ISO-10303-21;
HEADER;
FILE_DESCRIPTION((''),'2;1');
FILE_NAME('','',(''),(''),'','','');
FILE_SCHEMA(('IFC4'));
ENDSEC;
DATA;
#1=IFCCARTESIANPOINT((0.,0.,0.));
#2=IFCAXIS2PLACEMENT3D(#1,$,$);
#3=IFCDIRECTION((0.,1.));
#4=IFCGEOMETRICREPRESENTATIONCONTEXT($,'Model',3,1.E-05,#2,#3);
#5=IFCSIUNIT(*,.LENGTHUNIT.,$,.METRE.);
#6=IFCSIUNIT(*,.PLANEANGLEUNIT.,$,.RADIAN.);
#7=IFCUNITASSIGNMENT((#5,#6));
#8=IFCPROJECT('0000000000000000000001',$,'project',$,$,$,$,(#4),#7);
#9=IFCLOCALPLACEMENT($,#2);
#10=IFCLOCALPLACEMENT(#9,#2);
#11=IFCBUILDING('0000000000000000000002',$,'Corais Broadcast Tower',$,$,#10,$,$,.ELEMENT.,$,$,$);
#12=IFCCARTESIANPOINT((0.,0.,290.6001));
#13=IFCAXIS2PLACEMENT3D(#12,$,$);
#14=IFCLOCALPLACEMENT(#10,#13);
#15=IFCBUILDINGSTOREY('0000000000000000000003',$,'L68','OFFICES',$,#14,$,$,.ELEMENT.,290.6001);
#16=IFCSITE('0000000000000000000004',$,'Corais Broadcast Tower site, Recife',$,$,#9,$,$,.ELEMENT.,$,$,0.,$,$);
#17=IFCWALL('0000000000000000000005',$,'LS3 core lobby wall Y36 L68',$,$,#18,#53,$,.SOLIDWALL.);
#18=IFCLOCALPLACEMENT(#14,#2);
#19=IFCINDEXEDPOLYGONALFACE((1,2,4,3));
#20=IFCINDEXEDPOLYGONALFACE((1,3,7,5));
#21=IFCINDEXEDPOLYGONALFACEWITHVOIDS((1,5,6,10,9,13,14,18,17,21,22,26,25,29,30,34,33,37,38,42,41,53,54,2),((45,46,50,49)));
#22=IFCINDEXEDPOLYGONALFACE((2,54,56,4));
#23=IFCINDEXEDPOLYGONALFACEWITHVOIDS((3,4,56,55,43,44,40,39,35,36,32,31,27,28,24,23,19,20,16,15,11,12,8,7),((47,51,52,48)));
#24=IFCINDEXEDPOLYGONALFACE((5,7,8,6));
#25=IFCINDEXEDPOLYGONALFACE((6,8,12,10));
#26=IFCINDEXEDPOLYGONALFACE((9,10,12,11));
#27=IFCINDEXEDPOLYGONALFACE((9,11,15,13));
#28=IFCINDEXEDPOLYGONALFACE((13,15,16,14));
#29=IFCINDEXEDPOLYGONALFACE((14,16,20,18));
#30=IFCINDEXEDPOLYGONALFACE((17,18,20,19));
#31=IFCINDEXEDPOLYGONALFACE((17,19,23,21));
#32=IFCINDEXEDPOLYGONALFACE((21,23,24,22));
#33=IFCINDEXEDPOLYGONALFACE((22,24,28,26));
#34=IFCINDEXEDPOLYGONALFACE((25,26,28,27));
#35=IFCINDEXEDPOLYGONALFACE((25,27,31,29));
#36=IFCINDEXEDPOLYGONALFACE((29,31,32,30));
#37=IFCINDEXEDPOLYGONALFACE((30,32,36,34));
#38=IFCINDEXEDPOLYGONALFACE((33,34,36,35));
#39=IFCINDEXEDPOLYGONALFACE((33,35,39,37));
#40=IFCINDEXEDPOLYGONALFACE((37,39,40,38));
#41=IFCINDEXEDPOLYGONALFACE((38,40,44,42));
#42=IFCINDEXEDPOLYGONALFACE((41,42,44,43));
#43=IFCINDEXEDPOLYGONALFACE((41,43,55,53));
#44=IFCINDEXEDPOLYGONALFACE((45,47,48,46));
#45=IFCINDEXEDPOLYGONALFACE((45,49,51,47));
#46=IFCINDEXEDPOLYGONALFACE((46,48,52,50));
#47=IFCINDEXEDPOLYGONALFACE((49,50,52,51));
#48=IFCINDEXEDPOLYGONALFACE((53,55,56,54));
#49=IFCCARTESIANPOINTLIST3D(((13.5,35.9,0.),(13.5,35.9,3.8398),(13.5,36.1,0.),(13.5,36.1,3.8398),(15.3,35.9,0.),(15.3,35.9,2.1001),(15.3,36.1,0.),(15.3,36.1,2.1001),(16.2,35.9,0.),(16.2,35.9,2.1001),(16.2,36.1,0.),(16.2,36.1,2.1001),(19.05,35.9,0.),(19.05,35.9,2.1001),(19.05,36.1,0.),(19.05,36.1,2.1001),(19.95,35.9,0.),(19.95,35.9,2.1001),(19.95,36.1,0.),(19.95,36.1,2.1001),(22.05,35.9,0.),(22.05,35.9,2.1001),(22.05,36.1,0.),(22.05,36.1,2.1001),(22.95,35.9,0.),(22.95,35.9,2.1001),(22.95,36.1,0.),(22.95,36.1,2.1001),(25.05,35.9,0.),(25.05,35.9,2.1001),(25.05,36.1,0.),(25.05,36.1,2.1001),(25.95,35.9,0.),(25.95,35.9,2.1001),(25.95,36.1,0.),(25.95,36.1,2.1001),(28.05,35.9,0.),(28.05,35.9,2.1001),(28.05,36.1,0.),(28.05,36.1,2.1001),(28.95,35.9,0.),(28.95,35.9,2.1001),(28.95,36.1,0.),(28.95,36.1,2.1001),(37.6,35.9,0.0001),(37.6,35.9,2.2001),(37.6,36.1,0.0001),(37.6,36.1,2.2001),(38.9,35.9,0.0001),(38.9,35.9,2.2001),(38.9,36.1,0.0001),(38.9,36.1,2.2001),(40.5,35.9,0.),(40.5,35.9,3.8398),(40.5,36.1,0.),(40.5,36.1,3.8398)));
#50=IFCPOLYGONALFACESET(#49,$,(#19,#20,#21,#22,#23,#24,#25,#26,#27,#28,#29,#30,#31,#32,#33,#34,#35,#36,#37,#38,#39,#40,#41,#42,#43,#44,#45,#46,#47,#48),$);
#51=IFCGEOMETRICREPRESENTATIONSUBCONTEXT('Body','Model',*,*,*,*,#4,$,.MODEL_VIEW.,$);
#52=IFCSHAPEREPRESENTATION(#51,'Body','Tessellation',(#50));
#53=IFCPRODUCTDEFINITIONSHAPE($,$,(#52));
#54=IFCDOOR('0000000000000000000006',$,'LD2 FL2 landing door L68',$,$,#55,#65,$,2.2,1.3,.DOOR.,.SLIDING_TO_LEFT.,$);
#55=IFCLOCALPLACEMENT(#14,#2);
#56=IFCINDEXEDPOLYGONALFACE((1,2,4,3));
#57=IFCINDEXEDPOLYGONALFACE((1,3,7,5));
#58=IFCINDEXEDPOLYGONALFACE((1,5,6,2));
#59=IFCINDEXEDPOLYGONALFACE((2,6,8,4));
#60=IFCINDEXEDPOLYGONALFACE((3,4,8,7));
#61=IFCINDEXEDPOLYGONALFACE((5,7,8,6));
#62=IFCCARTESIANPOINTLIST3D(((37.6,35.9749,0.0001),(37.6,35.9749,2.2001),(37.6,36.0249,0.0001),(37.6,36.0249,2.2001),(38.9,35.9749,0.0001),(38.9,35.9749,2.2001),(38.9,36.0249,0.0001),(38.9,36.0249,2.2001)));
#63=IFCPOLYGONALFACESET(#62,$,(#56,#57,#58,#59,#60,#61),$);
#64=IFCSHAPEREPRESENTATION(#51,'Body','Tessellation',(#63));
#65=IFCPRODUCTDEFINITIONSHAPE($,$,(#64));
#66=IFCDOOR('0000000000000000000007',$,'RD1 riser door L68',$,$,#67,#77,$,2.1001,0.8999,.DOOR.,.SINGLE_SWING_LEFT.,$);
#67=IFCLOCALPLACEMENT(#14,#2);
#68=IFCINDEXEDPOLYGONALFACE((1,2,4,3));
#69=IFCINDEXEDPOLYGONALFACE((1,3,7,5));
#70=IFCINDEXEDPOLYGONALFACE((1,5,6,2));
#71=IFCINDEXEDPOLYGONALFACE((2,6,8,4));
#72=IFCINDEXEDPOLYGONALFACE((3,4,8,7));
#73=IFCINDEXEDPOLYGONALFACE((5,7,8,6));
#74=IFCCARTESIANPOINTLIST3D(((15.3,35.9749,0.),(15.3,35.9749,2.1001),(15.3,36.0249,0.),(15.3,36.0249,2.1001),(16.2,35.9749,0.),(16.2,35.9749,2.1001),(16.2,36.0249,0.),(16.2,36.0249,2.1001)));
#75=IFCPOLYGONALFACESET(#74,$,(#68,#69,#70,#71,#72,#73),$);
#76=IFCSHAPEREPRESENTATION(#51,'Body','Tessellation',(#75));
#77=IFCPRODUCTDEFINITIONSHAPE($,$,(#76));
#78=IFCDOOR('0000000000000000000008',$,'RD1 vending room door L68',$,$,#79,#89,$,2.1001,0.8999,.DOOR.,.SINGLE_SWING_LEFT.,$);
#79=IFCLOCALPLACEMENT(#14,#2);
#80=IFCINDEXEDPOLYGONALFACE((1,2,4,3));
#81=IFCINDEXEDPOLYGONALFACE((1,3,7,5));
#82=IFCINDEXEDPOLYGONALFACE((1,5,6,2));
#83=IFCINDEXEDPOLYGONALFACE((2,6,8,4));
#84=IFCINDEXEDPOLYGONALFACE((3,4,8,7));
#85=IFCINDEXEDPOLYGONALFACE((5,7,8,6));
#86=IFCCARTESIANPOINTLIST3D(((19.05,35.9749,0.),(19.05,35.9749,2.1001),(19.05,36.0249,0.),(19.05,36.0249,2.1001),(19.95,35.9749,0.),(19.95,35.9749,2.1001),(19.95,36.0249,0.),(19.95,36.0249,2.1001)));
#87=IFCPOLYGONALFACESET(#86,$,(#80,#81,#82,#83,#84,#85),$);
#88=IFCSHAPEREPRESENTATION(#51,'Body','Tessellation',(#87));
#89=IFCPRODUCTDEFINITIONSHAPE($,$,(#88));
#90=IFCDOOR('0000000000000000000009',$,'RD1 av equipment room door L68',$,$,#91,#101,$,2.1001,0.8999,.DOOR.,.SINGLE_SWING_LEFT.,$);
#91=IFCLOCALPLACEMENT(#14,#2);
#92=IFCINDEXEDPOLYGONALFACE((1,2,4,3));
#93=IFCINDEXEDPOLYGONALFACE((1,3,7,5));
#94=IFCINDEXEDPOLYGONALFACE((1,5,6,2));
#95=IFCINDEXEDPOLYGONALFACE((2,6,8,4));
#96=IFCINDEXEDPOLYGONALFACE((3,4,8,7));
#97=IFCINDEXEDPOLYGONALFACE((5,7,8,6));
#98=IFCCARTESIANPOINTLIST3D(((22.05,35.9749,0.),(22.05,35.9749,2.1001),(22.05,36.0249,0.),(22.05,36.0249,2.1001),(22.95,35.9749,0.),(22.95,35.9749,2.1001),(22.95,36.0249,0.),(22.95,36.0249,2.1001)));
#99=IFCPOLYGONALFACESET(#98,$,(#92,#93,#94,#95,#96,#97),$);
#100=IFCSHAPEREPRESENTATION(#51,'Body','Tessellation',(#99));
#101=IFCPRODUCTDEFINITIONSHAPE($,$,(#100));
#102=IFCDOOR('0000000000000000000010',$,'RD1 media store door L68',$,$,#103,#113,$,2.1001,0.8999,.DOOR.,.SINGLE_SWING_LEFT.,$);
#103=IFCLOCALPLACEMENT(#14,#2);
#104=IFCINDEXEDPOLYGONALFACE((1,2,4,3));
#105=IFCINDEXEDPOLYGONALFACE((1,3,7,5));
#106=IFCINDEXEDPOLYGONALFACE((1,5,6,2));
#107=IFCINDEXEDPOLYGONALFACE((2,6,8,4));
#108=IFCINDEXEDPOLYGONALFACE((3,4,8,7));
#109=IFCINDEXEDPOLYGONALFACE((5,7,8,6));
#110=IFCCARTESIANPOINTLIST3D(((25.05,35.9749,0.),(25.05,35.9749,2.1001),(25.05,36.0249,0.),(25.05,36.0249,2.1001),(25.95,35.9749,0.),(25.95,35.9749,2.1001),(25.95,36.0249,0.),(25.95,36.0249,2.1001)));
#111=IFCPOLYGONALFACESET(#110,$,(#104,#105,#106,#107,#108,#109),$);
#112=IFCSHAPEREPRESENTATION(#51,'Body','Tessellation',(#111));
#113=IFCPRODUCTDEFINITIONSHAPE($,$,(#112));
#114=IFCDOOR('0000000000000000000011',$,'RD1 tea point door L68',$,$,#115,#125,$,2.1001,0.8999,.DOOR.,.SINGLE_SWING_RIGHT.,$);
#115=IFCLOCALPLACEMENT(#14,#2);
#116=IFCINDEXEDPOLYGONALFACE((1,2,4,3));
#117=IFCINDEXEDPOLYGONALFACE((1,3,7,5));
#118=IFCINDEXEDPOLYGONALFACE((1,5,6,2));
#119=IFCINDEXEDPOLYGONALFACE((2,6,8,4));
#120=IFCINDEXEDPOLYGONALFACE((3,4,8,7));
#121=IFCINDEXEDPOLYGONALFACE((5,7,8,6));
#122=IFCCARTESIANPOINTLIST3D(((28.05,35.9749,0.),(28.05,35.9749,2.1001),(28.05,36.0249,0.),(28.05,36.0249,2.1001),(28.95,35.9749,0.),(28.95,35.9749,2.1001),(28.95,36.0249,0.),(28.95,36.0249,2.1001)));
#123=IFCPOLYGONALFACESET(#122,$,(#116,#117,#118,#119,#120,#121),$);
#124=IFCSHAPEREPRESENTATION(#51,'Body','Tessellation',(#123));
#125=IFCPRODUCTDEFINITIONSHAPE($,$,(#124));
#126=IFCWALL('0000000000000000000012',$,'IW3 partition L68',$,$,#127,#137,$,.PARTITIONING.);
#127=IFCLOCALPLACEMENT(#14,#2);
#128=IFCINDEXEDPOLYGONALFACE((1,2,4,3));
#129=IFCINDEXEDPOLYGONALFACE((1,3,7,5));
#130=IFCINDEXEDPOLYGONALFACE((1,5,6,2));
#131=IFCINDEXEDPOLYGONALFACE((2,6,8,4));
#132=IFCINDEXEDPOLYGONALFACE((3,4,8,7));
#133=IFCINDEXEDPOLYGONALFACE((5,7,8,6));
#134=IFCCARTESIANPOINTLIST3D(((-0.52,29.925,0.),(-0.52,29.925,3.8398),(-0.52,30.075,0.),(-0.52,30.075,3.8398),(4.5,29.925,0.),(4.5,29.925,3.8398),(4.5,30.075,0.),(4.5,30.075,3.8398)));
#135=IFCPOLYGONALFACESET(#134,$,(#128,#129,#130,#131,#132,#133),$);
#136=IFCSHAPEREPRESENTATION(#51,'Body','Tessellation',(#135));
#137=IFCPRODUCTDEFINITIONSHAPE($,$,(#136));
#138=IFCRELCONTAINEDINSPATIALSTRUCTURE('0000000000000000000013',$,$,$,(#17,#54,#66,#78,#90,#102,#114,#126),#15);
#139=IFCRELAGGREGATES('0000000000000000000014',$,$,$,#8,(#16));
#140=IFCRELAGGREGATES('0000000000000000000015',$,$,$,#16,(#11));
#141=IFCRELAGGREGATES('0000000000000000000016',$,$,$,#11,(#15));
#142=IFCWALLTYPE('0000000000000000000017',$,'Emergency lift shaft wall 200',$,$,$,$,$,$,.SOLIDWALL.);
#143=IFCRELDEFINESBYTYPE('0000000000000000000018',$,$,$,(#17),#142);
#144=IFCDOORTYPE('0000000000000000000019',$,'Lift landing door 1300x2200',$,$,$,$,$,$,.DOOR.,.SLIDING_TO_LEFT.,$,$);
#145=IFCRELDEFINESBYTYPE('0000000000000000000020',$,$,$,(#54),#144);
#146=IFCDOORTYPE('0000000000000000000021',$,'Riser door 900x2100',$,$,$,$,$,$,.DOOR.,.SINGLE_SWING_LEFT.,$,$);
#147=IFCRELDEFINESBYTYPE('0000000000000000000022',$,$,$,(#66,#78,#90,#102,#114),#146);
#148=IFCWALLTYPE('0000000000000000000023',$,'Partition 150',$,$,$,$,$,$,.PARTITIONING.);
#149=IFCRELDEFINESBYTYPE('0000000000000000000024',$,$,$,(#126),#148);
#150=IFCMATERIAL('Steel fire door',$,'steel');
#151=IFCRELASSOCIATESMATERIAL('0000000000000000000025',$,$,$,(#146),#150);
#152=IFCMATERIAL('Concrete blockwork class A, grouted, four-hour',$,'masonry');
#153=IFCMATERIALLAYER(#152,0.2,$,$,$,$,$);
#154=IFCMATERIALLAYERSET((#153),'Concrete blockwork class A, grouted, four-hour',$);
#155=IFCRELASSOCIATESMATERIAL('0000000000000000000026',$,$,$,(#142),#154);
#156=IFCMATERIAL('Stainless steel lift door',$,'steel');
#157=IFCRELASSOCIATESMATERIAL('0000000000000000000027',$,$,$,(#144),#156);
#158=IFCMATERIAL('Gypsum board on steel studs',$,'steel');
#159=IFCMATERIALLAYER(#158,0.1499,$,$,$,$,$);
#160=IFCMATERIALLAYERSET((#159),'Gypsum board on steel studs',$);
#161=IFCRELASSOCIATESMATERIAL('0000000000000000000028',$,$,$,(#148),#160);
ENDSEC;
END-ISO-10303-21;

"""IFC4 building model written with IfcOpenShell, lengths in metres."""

from ifc_helpers import new_model, si_unit, direction, frame, frame_2d, origin, place, context, subcontext, project, spatial, rectangle, extrude, material, layer, layer_set, type_object, element, fill, save


model = new_model("IFC4")

# Units and contexts
model_context = context("Model", 3, precision=1e-05, world=origin(), true_north=direction((0.0, 1.0)))
body_context = subcontext(model_context, "Body", "Model", "MODEL_VIEW")
ifc_project = project(units=[si_unit("LENGTHUNIT", "METRE"), si_unit("PLANEANGLEUNIT", "RADIAN")], contexts=[model_context])

# Site, building, storey
site_placement = place(None, origin())
site = spatial("IfcSite", under=ifc_project, at=site_placement, Name="Corais Broadcast Tower site, Recife", CompositionType="ELEMENT", RefElevation=0.0)
building_placement = place(site_placement, origin())
building = spatial("IfcBuilding", under=site, at=building_placement, Name="Corais Broadcast Tower", CompositionType="ELEMENT")
storey_placement = place(building_placement, frame((0.0, 0.0, 290.6001)))
storey = spatial("IfcBuildingStorey", under=building, at=storey_placement, Name="L68", Description="OFFICES", CompositionType="ELEMENT", Elevation=290.6001)

# Wall, openings, doors
ifc_material_1 = material(Name="Steel fire door", Category="steel")
door_type_1 = type_object("IfcDoorType", Name="Riser door 900x2100", OperationType="SINGLE_SWING_LEFT", PredefinedType="DOOR", material=ifc_material_1)
ifc_material_2 = material(Name="Concrete blockwork class A, grouted, four-hour", Category="masonry")
ifc_layer_1 = layer(ifc_material_2, 0.2)
ifc_layer_set_1 = layer_set([ifc_layer_1], Name="Concrete blockwork class A, grouted, four-hour")
wall_type_1 = type_object("IfcWallType", Name="Emergency lift shaft wall 200", PredefinedType="SOLIDWALL", material=ifc_layer_set_1)
wall_1_placement = place(storey_placement, frame((13.5, 36.0, 0.0), z_axis=(0.0, 0.0, 1.0), x_axis=(1.0, 0.0, 0.0)))
wall_1 = element("IfcWall", 1, at=wall_1_placement, inside=storey, type_object=wall_type_1, Name="LS3 core lobby wall Y36 L68", PredefinedType="SOLIDWALL", context=body_context, shape_type="SweptSolid", body=[
    extrude(rectangle(XDim=27.0, YDim=0.2, at=frame_2d((13.5, 0.0))), origin(), (0.0, 0.0, 1.0), 3.8398),
])
opening_1_placement = place(wall_1_placement, frame((1.8, 0.0, 0.0)))
opening_1 = element("IfcOpeningElement", 2, at=opening_1_placement, cuts=wall_1, PredefinedType="OPENING", context=body_context, shape_type="SweptSolid", body=[
    extrude(rectangle(XDim=0.8999, YDim=2.1001, at=frame_2d((0.45, 1.05))), frame((0.0, 0.1099, 0.0), z_axis=(0.0, -1.0, 0.0), x_axis=(1.0, 0.0, 0.0)), (0.0, 0.0, 1.0), 0.22),
])
opening_2_placement = place(wall_1_placement, frame((5.55, 0.0, 0.0)))
opening_2 = element("IfcOpeningElement", 3, at=opening_2_placement, cuts=wall_1, PredefinedType="OPENING", context=body_context, shape_type="SweptSolid", body=[
    extrude(rectangle(XDim=0.8999, YDim=2.1001, at=frame_2d((0.45, 1.05))), frame((0.0, 0.1099, 0.0), z_axis=(0.0, -1.0, 0.0), x_axis=(1.0, 0.0, 0.0)), (0.0, 0.0, 1.0), 0.22),
])
opening_3_placement = place(wall_1_placement, frame((8.55, 0.0, 0.0)))
opening_3 = element("IfcOpeningElement", 4, at=opening_3_placement, cuts=wall_1, PredefinedType="OPENING", context=body_context, shape_type="SweptSolid", body=[
    extrude(rectangle(XDim=0.8999, YDim=2.1001, at=frame_2d((0.45, 1.05))), frame((0.0, 0.1099, 0.0), z_axis=(0.0, -1.0, 0.0), x_axis=(1.0, 0.0, 0.0)), (0.0, 0.0, 1.0), 0.22),
])
opening_4_placement = place(wall_1_placement, frame((11.55, 0.0, 0.0)))
opening_4 = element("IfcOpeningElement", 5, at=opening_4_placement, cuts=wall_1, PredefinedType="OPENING", context=body_context, shape_type="SweptSolid", body=[
    extrude(rectangle(XDim=0.8999, YDim=2.1001, at=frame_2d((0.45, 1.05))), frame((0.0, 0.1099, 0.0), z_axis=(0.0, -1.0, 0.0), x_axis=(1.0, 0.0, 0.0)), (0.0, 0.0, 1.0), 0.22),
])
opening_5_placement = place(wall_1_placement, frame((14.55, 0.0, 0.0)))
opening_5 = element("IfcOpeningElement", 6, at=opening_5_placement, cuts=wall_1, PredefinedType="OPENING", context=body_context, shape_type="SweptSolid", body=[
    extrude(rectangle(XDim=0.8999, YDim=2.1001, at=frame_2d((0.45, 1.05))), frame((0.0, 0.1099, 0.0), z_axis=(0.0, -1.0, 0.0), x_axis=(1.0, 0.0, 0.0)), (0.0, 0.0, 1.0), 0.22),
])
opening_6_placement = place(wall_1_placement, frame((24.1001, 0.0, 0.0)))
opening_6 = element("IfcOpeningElement", 7, at=opening_6_placement, cuts=wall_1, PredefinedType="OPENING", context=body_context, shape_type="SweptSolid", body=[
    extrude(rectangle(XDim=1.3, YDim=2.2, at=frame_2d((0.6499, 1.1001))), frame((0.0, 0.1099, 0.0), z_axis=(0.0, -1.0, 0.0), x_axis=(1.0, 0.0, 0.0)), (0.0, 0.0, 1.0), 0.22),
])
ifc_material_3 = material(Name="Stainless steel lift door", Category="steel")
door_type_2 = type_object("IfcDoorType", Name="Lift landing door 1300x2200", OperationType="SLIDING_TO_LEFT", PredefinedType="DOOR", material=ifc_material_3)
door_1_placement = place(opening_6_placement, origin())
door_1 = element("IfcDoor", 8, at=door_1_placement, inside=storey, type_object=door_type_2, Name="LD2 FL2 landing door L68", OperationType="SLIDING_TO_LEFT", OverallHeight=2.2, OverallWidth=1.3, PredefinedType="DOOR", context=body_context, shape_type="SweptSolid", body=[
    extrude(rectangle(XDim=1.3, YDim=2.2, at=frame_2d((0.6499, 1.1001))), frame((0.0, 0.0249, 0.0), z_axis=(0.0, -1.0, 0.0), x_axis=(1.0, 0.0, 0.0)), (0.0, 0.0, 1.0), 0.05),
])
fill(opening_6, door_1)
door_2_placement = place(opening_1_placement, origin())
door_2 = element("IfcDoor", 9, at=door_2_placement, inside=storey, type_object=door_type_1, Name="RD1 riser door L68", OperationType="SINGLE_SWING_LEFT", OverallHeight=2.1001, OverallWidth=0.8999, PredefinedType="DOOR", context=body_context, shape_type="SweptSolid", body=[
    extrude(rectangle(XDim=0.8999, YDim=2.1001, at=frame_2d((0.45, 1.05))), frame((0.0, 0.0249, 0.0), z_axis=(0.0, -1.0, 0.0), x_axis=(1.0, 0.0, 0.0)), (0.0, 0.0, 1.0), 0.05),
])
fill(opening_1, door_2)
door_3_placement = place(opening_2_placement, origin())
door_3 = element("IfcDoor", 10, at=door_3_placement, inside=storey, type_object=door_type_1, Name="RD1 vending room door L68", OperationType="SINGLE_SWING_LEFT", OverallHeight=2.1001, OverallWidth=0.8999, PredefinedType="DOOR", context=body_context, shape_type="SweptSolid", body=[
    extrude(rectangle(XDim=0.8999, YDim=2.1001, at=frame_2d((0.45, 1.05))), frame((0.0, 0.0249, 0.0), z_axis=(0.0, -1.0, 0.0), x_axis=(1.0, 0.0, 0.0)), (0.0, 0.0, 1.0), 0.05),
])
fill(opening_2, door_3)
door_4_placement = place(opening_3_placement, origin())
door_4 = element("IfcDoor", 11, at=door_4_placement, inside=storey, type_object=door_type_1, Name="RD1 av equipment room door L68", OperationType="SINGLE_SWING_LEFT", OverallHeight=2.1001, OverallWidth=0.8999, PredefinedType="DOOR", context=body_context, shape_type="SweptSolid", body=[
    extrude(rectangle(XDim=0.8999, YDim=2.1001, at=frame_2d((0.45, 1.05))), frame((0.0, 0.0249, 0.0), z_axis=(0.0, -1.0, 0.0), x_axis=(1.0, 0.0, 0.0)), (0.0, 0.0, 1.0), 0.05),
])
fill(opening_3, door_4)
door_5_placement = place(opening_4_placement, origin())
door_5 = element("IfcDoor", 12, at=door_5_placement, inside=storey, type_object=door_type_1, Name="RD1 media store door L68", OperationType="SINGLE_SWING_LEFT", OverallHeight=2.1001, OverallWidth=0.8999, PredefinedType="DOOR", context=body_context, shape_type="SweptSolid", body=[
    extrude(rectangle(XDim=0.8999, YDim=2.1001, at=frame_2d((0.45, 1.05))), frame((0.0, 0.0249, 0.0), z_axis=(0.0, -1.0, 0.0), x_axis=(1.0, 0.0, 0.0)), (0.0, 0.0, 1.0), 0.05),
])
fill(opening_4, door_5)
door_6_placement = place(opening_5_placement, origin())
door_6 = element("IfcDoor", 13, at=door_6_placement, inside=storey, type_object=door_type_1, Name="RD1 tea point door L68", OperationType="SINGLE_SWING_RIGHT", OverallHeight=2.1001, OverallWidth=0.8999, PredefinedType="DOOR", context=body_context, shape_type="SweptSolid", body=[
    extrude(rectangle(XDim=0.8999, YDim=2.1001, at=frame_2d((0.45, 1.05))), frame((0.0, 0.0249, 0.0), z_axis=(0.0, -1.0, 0.0), x_axis=(1.0, 0.0, 0.0)), (0.0, 0.0, 1.0), 0.05),
])
fill(opening_5, door_6)

# Wall
ifc_material_4 = material(Name="Gypsum board on steel studs", Category="steel")
ifc_layer_2 = layer(ifc_material_4, 0.1499)
ifc_layer_set_2 = layer_set([ifc_layer_2], Name="Gypsum board on steel studs")
wall_type_2 = type_object("IfcWallType", Name="Partition 150", PredefinedType="PARTITIONING", material=ifc_layer_set_2)
wall_2_placement = place(storey_placement, frame((4.5, 30.0, 0.0), z_axis=(0.0, 0.0, 1.0), x_axis=(-1.0, 0.0, 0.0)))
element("IfcWall", 14, at=wall_2_placement, inside=storey, type_object=wall_type_2, Name="IW3 partition L68", PredefinedType="PARTITIONING", context=body_context, shape_type="SweptSolid", body=[
    extrude(rectangle(XDim=5.02, YDim=0.1499, at=frame_2d((2.51, 0.0))), origin(), (0.0, 0.0, 1.0), 3.8398),
])

save(model, "model.ifc")
